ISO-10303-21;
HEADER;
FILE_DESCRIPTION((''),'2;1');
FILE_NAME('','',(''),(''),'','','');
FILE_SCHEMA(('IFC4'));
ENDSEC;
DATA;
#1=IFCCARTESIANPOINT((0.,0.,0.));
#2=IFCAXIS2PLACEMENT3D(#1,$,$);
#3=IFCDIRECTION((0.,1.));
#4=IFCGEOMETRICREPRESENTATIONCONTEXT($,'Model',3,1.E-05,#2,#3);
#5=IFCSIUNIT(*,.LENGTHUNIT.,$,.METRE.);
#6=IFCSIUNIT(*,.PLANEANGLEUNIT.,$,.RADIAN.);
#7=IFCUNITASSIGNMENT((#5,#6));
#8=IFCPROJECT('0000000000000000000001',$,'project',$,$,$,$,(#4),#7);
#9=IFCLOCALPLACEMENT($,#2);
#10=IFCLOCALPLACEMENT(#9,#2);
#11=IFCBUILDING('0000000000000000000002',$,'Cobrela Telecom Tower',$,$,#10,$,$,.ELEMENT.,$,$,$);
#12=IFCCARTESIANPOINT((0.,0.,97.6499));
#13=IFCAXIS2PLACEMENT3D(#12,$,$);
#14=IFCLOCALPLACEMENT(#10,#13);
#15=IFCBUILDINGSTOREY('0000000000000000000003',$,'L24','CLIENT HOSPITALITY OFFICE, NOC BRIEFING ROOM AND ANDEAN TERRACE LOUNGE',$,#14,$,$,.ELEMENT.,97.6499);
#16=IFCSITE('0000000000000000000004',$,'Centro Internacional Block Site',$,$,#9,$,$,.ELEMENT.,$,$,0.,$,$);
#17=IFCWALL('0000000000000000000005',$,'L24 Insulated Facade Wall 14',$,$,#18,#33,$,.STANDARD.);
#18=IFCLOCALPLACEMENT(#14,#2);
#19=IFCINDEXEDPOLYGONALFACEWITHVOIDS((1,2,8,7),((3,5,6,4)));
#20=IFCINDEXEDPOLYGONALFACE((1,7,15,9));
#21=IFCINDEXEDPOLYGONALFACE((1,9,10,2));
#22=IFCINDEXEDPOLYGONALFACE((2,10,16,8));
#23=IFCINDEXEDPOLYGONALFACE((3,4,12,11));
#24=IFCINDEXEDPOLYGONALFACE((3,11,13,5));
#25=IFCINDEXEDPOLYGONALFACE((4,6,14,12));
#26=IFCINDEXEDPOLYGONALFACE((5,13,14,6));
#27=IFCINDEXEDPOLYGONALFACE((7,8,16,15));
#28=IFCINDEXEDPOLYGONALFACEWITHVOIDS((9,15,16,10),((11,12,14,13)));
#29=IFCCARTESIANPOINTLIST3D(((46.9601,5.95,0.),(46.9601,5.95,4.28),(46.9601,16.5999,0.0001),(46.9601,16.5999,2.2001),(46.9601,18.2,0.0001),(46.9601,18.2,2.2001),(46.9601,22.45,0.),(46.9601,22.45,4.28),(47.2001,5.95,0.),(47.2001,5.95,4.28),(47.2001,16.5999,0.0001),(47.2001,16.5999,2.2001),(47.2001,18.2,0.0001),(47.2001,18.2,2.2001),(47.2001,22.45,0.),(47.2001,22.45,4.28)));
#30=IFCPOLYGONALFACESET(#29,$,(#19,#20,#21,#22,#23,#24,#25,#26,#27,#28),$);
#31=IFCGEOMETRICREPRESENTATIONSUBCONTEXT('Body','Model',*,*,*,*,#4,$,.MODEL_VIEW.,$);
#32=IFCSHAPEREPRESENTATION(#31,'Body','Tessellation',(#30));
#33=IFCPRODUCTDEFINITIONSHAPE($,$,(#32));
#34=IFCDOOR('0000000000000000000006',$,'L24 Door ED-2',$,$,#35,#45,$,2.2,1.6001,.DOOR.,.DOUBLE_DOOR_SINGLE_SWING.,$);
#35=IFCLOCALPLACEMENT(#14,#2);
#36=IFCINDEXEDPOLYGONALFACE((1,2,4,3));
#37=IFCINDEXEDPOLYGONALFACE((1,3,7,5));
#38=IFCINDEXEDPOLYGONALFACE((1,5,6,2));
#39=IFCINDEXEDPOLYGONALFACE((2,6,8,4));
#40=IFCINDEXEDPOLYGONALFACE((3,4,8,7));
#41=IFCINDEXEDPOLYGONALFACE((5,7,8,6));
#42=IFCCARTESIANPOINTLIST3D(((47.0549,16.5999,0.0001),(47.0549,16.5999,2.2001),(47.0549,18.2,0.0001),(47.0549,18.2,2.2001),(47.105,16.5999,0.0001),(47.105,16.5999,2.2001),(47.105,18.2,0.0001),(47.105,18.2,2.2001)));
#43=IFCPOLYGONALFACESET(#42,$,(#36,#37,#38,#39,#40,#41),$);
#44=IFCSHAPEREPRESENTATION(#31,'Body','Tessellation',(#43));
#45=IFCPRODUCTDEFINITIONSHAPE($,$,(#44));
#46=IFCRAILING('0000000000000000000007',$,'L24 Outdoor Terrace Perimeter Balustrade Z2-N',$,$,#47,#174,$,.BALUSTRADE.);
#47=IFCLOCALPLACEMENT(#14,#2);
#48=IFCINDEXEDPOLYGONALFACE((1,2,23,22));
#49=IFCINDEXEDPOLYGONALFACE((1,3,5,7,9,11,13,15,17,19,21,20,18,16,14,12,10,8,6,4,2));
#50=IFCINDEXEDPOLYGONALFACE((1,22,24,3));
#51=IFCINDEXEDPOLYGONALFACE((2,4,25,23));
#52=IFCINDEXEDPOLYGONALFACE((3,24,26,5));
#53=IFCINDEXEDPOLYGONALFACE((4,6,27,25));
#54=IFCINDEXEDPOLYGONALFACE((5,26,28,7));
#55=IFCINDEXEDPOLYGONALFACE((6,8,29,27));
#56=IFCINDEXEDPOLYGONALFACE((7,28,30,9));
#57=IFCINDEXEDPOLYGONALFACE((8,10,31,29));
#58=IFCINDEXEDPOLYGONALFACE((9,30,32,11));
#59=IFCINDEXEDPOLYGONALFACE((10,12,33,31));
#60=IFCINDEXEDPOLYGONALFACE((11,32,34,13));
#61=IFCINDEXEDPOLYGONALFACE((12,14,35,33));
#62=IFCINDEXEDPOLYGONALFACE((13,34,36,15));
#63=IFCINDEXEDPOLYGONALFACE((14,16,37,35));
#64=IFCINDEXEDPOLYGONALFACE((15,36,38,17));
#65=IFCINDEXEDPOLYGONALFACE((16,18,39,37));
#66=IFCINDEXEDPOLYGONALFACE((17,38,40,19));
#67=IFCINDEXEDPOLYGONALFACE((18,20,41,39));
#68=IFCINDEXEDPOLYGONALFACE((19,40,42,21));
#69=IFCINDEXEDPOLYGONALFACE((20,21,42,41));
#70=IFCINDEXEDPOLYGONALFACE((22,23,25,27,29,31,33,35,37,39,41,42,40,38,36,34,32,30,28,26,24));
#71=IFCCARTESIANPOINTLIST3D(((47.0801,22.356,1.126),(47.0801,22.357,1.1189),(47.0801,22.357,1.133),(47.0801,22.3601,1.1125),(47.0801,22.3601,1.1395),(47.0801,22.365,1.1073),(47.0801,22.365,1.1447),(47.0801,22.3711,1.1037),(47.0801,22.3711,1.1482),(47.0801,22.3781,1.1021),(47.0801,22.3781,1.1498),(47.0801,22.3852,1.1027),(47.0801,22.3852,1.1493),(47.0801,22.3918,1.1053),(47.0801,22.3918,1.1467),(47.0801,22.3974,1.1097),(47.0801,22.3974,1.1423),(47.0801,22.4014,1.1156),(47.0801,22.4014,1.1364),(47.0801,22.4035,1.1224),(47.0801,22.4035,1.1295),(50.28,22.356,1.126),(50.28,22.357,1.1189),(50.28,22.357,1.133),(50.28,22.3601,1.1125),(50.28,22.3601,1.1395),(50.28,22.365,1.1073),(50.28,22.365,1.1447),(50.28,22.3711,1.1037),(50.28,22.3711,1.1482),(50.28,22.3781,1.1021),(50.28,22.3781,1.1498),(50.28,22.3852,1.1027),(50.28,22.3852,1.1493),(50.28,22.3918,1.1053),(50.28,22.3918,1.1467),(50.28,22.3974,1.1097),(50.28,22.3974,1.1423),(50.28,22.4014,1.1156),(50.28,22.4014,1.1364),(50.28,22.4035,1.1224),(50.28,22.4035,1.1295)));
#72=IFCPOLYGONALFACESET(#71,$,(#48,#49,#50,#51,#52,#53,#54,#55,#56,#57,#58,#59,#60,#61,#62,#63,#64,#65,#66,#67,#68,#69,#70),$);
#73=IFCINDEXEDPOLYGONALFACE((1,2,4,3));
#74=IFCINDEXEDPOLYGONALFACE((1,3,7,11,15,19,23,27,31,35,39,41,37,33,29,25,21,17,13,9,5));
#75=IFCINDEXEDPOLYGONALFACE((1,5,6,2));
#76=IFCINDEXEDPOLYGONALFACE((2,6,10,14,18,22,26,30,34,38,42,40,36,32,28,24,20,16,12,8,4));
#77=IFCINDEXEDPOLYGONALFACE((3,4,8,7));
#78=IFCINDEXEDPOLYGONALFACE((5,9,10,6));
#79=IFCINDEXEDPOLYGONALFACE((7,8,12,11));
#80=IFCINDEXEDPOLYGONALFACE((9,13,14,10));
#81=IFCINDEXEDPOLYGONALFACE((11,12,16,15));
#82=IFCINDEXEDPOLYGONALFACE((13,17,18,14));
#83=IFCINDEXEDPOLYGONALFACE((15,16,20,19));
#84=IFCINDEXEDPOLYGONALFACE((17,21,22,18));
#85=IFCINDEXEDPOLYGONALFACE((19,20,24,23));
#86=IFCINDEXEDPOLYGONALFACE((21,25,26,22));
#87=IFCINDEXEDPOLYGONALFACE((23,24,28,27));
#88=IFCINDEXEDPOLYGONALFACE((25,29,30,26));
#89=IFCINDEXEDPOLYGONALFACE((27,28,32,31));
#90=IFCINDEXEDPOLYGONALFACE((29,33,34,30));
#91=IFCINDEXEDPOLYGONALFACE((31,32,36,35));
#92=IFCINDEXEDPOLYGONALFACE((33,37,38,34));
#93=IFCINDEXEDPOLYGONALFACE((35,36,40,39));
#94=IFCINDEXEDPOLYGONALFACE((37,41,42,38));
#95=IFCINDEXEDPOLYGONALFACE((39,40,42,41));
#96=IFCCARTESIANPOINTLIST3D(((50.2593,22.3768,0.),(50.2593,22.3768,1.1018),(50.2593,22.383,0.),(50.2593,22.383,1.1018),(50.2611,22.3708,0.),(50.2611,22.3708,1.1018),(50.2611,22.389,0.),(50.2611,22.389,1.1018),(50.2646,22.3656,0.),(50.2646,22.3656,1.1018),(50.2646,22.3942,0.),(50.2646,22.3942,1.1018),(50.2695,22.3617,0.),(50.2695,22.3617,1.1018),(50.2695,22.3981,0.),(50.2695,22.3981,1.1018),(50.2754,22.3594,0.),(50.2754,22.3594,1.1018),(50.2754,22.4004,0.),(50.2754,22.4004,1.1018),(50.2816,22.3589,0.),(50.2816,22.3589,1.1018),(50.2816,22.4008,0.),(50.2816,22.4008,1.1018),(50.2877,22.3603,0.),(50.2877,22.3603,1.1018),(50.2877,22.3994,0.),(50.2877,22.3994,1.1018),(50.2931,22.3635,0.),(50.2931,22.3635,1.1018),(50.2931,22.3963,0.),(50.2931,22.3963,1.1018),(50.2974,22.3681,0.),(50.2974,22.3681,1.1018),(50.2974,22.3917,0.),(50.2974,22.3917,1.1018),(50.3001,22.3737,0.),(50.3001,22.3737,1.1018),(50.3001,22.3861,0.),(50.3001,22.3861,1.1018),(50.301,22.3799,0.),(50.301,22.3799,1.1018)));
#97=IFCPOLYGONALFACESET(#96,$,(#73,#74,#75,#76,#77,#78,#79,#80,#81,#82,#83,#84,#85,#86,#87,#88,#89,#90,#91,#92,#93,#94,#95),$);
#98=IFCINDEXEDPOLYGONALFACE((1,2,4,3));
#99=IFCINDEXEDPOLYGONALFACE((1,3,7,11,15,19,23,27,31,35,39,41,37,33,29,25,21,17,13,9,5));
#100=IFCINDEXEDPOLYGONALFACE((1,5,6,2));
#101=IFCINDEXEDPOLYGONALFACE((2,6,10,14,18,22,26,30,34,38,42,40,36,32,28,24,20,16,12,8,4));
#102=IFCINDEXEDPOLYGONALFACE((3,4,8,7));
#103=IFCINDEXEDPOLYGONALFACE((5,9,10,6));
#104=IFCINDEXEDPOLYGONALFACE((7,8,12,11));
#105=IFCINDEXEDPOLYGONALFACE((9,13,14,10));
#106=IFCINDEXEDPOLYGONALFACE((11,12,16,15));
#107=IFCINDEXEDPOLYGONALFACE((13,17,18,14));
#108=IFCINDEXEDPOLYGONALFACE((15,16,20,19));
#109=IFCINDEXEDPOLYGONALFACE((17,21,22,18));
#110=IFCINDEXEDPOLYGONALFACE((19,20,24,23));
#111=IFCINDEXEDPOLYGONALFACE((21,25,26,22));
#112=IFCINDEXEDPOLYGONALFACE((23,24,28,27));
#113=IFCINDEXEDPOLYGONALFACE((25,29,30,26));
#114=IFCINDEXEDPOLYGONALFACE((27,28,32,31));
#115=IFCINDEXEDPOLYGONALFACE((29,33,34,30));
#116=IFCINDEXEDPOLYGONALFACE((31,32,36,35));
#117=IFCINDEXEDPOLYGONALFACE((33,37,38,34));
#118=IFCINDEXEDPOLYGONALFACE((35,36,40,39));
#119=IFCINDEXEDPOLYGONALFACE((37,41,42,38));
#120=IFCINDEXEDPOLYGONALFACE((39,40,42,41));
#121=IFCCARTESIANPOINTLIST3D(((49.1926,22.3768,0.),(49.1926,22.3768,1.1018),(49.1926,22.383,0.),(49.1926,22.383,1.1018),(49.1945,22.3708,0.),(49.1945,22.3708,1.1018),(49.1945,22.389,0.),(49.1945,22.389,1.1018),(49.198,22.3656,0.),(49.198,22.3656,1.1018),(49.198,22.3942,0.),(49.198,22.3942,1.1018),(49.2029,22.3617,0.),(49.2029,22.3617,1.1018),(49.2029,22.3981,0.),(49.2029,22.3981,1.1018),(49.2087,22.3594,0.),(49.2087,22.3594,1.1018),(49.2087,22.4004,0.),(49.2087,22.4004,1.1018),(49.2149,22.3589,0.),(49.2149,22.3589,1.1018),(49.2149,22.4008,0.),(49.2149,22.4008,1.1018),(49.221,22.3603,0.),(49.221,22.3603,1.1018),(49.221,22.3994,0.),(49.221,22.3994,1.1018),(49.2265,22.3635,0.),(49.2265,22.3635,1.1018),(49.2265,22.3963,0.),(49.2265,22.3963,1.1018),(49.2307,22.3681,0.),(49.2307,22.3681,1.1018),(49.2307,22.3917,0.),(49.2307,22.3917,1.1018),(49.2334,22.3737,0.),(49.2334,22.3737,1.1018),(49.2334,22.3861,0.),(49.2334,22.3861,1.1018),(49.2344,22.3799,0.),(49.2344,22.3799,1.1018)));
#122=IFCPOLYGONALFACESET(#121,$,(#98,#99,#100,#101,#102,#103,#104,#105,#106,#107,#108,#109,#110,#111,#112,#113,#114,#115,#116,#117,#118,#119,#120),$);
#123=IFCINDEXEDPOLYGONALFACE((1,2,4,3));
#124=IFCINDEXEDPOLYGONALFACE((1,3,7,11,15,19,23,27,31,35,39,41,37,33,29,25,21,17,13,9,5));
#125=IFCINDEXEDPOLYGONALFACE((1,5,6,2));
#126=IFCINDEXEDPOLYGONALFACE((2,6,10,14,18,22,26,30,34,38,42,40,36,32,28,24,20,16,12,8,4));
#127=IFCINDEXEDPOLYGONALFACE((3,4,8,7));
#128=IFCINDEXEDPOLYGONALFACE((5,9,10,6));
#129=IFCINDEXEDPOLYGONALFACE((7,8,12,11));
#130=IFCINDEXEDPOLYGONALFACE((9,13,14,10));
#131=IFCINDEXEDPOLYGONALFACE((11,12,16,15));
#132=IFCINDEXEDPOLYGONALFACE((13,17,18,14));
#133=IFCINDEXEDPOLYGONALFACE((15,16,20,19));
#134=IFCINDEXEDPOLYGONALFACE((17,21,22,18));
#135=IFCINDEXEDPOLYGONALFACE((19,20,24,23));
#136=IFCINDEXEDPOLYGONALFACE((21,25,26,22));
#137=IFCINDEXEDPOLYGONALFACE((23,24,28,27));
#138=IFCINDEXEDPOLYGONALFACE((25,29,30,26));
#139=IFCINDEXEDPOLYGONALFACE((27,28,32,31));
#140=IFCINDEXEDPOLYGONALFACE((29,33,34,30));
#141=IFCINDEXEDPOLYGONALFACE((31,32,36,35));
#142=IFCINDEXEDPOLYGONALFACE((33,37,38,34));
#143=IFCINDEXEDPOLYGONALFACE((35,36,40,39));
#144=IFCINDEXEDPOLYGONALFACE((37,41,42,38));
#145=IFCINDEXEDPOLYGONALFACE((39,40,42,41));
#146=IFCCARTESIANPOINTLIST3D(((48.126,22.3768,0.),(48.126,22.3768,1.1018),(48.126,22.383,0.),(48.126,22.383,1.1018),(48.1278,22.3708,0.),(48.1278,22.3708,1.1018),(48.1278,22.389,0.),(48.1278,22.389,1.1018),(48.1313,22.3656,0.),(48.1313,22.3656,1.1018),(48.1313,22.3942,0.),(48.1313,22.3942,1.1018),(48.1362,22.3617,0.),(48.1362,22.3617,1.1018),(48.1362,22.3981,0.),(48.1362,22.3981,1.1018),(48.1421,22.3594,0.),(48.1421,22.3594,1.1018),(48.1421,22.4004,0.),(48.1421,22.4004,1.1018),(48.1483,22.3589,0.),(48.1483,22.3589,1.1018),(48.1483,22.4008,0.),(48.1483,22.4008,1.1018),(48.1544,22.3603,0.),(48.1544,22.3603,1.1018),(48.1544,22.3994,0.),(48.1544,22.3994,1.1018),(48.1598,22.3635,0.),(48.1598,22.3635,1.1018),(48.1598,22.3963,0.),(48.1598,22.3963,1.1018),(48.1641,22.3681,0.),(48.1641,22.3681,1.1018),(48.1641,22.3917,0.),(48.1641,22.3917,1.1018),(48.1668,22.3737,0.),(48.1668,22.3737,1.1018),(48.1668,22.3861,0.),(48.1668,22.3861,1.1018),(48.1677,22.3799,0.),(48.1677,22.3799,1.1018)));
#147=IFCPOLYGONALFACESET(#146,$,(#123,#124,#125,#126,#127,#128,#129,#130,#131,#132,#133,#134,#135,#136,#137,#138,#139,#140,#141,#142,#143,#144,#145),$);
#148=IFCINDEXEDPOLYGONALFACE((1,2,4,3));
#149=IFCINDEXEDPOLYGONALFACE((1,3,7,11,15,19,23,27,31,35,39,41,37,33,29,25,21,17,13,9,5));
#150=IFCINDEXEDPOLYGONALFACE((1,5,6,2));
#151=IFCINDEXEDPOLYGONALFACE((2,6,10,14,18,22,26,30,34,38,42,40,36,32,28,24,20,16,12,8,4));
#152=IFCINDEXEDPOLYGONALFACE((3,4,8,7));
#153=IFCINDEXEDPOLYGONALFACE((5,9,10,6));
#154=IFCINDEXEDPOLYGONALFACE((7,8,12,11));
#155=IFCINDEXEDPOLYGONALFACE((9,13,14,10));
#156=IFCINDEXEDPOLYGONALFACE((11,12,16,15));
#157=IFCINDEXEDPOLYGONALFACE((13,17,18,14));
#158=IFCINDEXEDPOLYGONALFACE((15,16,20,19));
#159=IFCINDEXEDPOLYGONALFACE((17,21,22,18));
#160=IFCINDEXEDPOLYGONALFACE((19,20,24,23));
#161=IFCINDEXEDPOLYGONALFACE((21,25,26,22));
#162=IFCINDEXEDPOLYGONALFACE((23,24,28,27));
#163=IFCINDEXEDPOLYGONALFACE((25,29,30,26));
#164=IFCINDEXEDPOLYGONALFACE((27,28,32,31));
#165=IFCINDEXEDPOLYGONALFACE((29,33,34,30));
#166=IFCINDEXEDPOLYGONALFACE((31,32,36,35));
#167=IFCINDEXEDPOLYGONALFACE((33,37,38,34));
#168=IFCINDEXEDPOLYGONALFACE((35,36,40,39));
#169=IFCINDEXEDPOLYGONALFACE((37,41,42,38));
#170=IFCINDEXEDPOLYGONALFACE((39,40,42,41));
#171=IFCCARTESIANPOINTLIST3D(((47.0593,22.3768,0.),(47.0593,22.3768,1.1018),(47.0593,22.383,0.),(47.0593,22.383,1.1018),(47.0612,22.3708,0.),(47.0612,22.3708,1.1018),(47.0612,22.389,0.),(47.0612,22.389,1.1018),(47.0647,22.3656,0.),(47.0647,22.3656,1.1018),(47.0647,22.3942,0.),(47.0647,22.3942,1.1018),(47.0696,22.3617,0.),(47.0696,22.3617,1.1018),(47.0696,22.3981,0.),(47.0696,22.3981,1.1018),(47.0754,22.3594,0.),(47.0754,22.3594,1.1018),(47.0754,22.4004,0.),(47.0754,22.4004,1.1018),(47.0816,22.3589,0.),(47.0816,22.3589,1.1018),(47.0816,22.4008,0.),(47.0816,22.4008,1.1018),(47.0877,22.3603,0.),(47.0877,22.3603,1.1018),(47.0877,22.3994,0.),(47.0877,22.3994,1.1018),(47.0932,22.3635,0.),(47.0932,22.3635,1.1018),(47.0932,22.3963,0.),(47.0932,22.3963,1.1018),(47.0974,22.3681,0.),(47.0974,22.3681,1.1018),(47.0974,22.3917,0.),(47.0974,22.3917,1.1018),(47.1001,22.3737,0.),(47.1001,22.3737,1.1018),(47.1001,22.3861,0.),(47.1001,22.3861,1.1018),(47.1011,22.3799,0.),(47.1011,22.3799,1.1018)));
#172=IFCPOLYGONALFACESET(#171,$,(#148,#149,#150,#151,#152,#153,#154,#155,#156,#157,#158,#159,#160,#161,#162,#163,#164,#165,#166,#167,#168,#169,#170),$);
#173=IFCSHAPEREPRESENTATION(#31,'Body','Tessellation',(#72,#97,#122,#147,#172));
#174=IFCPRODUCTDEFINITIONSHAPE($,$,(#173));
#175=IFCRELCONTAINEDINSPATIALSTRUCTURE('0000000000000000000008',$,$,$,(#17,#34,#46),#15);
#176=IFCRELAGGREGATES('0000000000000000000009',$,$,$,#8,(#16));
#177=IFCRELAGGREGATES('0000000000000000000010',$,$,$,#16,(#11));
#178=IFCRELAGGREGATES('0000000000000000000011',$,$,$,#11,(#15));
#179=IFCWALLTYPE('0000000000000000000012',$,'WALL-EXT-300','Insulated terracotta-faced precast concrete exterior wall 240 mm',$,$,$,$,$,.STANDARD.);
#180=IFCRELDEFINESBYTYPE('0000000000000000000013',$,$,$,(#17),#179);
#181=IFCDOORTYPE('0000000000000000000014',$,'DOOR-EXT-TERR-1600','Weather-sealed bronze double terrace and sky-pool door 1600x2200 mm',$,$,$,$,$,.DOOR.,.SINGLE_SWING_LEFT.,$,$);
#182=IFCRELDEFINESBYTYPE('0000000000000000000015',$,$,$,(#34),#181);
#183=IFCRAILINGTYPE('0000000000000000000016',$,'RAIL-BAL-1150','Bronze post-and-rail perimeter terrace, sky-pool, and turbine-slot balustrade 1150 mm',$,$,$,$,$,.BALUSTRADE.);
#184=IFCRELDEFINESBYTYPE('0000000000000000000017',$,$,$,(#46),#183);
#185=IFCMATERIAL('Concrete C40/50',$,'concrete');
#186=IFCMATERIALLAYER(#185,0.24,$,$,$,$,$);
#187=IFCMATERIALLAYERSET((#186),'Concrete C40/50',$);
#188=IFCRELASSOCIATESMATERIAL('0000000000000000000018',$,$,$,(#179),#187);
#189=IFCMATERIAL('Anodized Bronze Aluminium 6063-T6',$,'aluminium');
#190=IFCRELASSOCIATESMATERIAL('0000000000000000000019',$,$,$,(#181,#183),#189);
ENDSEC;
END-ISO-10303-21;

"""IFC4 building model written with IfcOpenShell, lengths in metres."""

from ifc_helpers import new_model, si_unit, direction, frame, frame_2d, origin, origin_2d, place, context, subcontext, project, spatial, rectangle, circle, extrude, material, layer, layer_set, type_object, element, fill, save


model = new_model("IFC4")

# Units and contexts
model_context = context("Model", 3, precision=1e-05, world=origin(), true_north=direction((0.0, 1.0)))
body_context = subcontext(model_context, "Body", "Model", "MODEL_VIEW")
ifc_project = project(units=[si_unit("LENGTHUNIT", "METRE"), si_unit("PLANEANGLEUNIT", "RADIAN")], contexts=[model_context])

# Site, building, storey
site_placement = place(None, origin())
site = spatial("IfcSite", under=ifc_project, at=site_placement, Name="Centro Internacional Block Site", CompositionType="ELEMENT", RefElevation=0.0)
building_placement = place(site_placement, origin())
building = spatial("IfcBuilding", under=site, at=building_placement, Name="Cobrela Telecom Tower", CompositionType="ELEMENT")
storey_placement = place(building_placement, frame((0.0, 0.0, 97.6499)))
storey = spatial("IfcBuildingStorey", under=building, at=storey_placement, Name="L24", Description="CLIENT HOSPITALITY OFFICE, NOC BRIEFING ROOM AND ANDEAN TERRACE LOUNGE", CompositionType="ELEMENT", Elevation=97.6499)

# Shared definitions
ifc_material_1 = material(Name="Anodized Bronze Aluminium 6063-T6", Category="aluminium")

# Shared definitions
ifc_material_2 = material(Name="Concrete C40/50", Category="concrete")
ifc_layer_1 = layer(ifc_material_2, 0.24)
ifc_layer_set_1 = layer_set([ifc_layer_1], Name="Concrete C40/50")
wall_type = type_object("IfcWallType", Name="WALL-EXT-300", Description="Insulated terracotta-faced precast concrete exterior wall 240 mm", PredefinedType="STANDARD", material=ifc_layer_set_1)

# Wall, opening, door
wall_1_placement = place(storey_placement, frame((47.0801, 22.45, 0.0), z_axis=(0.0, 0.0, 1.0), x_axis=(0.0, -1.0, 0.0)))
wall_1 = element("IfcWall", 1, at=wall_1_placement, inside=storey, type_object=wall_type, Name="L24 Insulated Facade Wall 14", PredefinedType="STANDARD", context=body_context, shape_type="SweptSolid", body=[
    extrude(rectangle(XDim=16.5, YDim=0.24, at=frame_2d((8.25, 0.0))), origin(), (0.0, 0.0, 1.0), 4.28),
])
opening_1_placement = place(wall_1_placement, frame((4.25, 0.0, 0.0)))
opening_1 = element("IfcOpeningElement", 2, at=opening_1_placement, cuts=wall_1, PredefinedType="OPENING", context=body_context, shape_type="SweptSolid", body=[
    extrude(rectangle(XDim=1.6001, YDim=2.2, at=frame_2d((0.8, 1.1001))), frame((0.0, 0.1318, 0.0), z_axis=(0.0, -1.0, 0.0), x_axis=(1.0, 0.0, 0.0)), (0.0, 0.0, 1.0), 0.2639),
])
door_type = type_object("IfcDoorType", Name="DOOR-EXT-TERR-1600", Description="Weather-sealed bronze double terrace and sky-pool door 1600x2200 mm", OperationType="SINGLE_SWING_LEFT", PredefinedType="DOOR", material=ifc_material_1)
door_placement = place(opening_1_placement, origin())
door = element("IfcDoor", 3, at=door_placement, inside=storey, type_object=door_type, Name="L24 Door ED-2", OperationType="DOUBLE_DOOR_SINGLE_SWING", OverallHeight=2.2, OverallWidth=1.6001, PredefinedType="DOOR", context=body_context, shape_type="SweptSolid", body=[
    extrude(rectangle(XDim=1.6001, YDim=2.2, at=frame_2d((0.8, 1.1001))), frame((0.0, 0.0249, 0.0), z_axis=(0.0, -1.0, 0.0), x_axis=(1.0, 0.0, 0.0)), (0.0, 0.0, 1.0), 0.05),
])
fill(opening_1, door)

# Railing
railing_type = type_object("IfcRailingType", Name="RAIL-BAL-1150", Description="Bronze post-and-rail perimeter terrace, sky-pool, and turbine-slot balustrade 1150 mm", PredefinedType="BALUSTRADE", material=ifc_material_1)
railing_placement = place(storey_placement, frame((50.28, 22.3799, 0.0)))
element("IfcRailing", 4, at=railing_placement, inside=storey, type_object=railing_type, Name="L24 Outdoor Terrace Perimeter Balustrade Z2-N", PredefinedType="BALUSTRADE", context=body_context, shape_type="SweptSolid", body=[
    extrude(circle(Radius=0.0239, at=origin_2d()), frame((0.0, 0.0, 1.126), z_axis=(-1.0, 0.0, 0.0), x_axis=(0.0, -1.0, 0.0)), (0.0, 0.0, 1.0), 3.2),
    extrude(circle(Radius=0.021, at=origin_2d()), origin(), (0.0, 0.0, 1.0), 1.1018),
    extrude(circle(Radius=0.021, at=origin_2d()), frame((-1.0667, 0.0, 0.0)), (0.0, 0.0, 1.0), 1.1018),
    extrude(circle(Radius=0.021, at=origin_2d()), frame((-2.1333, 0.0, 0.0)), (0.0, 0.0, 1.0), 1.1018),
    extrude(circle(Radius=0.021, at=origin_2d()), frame((-3.2, 0.0, 0.0)), (0.0, 0.0, 1.0), 1.1018),
])

save(model, "model.ifc")
